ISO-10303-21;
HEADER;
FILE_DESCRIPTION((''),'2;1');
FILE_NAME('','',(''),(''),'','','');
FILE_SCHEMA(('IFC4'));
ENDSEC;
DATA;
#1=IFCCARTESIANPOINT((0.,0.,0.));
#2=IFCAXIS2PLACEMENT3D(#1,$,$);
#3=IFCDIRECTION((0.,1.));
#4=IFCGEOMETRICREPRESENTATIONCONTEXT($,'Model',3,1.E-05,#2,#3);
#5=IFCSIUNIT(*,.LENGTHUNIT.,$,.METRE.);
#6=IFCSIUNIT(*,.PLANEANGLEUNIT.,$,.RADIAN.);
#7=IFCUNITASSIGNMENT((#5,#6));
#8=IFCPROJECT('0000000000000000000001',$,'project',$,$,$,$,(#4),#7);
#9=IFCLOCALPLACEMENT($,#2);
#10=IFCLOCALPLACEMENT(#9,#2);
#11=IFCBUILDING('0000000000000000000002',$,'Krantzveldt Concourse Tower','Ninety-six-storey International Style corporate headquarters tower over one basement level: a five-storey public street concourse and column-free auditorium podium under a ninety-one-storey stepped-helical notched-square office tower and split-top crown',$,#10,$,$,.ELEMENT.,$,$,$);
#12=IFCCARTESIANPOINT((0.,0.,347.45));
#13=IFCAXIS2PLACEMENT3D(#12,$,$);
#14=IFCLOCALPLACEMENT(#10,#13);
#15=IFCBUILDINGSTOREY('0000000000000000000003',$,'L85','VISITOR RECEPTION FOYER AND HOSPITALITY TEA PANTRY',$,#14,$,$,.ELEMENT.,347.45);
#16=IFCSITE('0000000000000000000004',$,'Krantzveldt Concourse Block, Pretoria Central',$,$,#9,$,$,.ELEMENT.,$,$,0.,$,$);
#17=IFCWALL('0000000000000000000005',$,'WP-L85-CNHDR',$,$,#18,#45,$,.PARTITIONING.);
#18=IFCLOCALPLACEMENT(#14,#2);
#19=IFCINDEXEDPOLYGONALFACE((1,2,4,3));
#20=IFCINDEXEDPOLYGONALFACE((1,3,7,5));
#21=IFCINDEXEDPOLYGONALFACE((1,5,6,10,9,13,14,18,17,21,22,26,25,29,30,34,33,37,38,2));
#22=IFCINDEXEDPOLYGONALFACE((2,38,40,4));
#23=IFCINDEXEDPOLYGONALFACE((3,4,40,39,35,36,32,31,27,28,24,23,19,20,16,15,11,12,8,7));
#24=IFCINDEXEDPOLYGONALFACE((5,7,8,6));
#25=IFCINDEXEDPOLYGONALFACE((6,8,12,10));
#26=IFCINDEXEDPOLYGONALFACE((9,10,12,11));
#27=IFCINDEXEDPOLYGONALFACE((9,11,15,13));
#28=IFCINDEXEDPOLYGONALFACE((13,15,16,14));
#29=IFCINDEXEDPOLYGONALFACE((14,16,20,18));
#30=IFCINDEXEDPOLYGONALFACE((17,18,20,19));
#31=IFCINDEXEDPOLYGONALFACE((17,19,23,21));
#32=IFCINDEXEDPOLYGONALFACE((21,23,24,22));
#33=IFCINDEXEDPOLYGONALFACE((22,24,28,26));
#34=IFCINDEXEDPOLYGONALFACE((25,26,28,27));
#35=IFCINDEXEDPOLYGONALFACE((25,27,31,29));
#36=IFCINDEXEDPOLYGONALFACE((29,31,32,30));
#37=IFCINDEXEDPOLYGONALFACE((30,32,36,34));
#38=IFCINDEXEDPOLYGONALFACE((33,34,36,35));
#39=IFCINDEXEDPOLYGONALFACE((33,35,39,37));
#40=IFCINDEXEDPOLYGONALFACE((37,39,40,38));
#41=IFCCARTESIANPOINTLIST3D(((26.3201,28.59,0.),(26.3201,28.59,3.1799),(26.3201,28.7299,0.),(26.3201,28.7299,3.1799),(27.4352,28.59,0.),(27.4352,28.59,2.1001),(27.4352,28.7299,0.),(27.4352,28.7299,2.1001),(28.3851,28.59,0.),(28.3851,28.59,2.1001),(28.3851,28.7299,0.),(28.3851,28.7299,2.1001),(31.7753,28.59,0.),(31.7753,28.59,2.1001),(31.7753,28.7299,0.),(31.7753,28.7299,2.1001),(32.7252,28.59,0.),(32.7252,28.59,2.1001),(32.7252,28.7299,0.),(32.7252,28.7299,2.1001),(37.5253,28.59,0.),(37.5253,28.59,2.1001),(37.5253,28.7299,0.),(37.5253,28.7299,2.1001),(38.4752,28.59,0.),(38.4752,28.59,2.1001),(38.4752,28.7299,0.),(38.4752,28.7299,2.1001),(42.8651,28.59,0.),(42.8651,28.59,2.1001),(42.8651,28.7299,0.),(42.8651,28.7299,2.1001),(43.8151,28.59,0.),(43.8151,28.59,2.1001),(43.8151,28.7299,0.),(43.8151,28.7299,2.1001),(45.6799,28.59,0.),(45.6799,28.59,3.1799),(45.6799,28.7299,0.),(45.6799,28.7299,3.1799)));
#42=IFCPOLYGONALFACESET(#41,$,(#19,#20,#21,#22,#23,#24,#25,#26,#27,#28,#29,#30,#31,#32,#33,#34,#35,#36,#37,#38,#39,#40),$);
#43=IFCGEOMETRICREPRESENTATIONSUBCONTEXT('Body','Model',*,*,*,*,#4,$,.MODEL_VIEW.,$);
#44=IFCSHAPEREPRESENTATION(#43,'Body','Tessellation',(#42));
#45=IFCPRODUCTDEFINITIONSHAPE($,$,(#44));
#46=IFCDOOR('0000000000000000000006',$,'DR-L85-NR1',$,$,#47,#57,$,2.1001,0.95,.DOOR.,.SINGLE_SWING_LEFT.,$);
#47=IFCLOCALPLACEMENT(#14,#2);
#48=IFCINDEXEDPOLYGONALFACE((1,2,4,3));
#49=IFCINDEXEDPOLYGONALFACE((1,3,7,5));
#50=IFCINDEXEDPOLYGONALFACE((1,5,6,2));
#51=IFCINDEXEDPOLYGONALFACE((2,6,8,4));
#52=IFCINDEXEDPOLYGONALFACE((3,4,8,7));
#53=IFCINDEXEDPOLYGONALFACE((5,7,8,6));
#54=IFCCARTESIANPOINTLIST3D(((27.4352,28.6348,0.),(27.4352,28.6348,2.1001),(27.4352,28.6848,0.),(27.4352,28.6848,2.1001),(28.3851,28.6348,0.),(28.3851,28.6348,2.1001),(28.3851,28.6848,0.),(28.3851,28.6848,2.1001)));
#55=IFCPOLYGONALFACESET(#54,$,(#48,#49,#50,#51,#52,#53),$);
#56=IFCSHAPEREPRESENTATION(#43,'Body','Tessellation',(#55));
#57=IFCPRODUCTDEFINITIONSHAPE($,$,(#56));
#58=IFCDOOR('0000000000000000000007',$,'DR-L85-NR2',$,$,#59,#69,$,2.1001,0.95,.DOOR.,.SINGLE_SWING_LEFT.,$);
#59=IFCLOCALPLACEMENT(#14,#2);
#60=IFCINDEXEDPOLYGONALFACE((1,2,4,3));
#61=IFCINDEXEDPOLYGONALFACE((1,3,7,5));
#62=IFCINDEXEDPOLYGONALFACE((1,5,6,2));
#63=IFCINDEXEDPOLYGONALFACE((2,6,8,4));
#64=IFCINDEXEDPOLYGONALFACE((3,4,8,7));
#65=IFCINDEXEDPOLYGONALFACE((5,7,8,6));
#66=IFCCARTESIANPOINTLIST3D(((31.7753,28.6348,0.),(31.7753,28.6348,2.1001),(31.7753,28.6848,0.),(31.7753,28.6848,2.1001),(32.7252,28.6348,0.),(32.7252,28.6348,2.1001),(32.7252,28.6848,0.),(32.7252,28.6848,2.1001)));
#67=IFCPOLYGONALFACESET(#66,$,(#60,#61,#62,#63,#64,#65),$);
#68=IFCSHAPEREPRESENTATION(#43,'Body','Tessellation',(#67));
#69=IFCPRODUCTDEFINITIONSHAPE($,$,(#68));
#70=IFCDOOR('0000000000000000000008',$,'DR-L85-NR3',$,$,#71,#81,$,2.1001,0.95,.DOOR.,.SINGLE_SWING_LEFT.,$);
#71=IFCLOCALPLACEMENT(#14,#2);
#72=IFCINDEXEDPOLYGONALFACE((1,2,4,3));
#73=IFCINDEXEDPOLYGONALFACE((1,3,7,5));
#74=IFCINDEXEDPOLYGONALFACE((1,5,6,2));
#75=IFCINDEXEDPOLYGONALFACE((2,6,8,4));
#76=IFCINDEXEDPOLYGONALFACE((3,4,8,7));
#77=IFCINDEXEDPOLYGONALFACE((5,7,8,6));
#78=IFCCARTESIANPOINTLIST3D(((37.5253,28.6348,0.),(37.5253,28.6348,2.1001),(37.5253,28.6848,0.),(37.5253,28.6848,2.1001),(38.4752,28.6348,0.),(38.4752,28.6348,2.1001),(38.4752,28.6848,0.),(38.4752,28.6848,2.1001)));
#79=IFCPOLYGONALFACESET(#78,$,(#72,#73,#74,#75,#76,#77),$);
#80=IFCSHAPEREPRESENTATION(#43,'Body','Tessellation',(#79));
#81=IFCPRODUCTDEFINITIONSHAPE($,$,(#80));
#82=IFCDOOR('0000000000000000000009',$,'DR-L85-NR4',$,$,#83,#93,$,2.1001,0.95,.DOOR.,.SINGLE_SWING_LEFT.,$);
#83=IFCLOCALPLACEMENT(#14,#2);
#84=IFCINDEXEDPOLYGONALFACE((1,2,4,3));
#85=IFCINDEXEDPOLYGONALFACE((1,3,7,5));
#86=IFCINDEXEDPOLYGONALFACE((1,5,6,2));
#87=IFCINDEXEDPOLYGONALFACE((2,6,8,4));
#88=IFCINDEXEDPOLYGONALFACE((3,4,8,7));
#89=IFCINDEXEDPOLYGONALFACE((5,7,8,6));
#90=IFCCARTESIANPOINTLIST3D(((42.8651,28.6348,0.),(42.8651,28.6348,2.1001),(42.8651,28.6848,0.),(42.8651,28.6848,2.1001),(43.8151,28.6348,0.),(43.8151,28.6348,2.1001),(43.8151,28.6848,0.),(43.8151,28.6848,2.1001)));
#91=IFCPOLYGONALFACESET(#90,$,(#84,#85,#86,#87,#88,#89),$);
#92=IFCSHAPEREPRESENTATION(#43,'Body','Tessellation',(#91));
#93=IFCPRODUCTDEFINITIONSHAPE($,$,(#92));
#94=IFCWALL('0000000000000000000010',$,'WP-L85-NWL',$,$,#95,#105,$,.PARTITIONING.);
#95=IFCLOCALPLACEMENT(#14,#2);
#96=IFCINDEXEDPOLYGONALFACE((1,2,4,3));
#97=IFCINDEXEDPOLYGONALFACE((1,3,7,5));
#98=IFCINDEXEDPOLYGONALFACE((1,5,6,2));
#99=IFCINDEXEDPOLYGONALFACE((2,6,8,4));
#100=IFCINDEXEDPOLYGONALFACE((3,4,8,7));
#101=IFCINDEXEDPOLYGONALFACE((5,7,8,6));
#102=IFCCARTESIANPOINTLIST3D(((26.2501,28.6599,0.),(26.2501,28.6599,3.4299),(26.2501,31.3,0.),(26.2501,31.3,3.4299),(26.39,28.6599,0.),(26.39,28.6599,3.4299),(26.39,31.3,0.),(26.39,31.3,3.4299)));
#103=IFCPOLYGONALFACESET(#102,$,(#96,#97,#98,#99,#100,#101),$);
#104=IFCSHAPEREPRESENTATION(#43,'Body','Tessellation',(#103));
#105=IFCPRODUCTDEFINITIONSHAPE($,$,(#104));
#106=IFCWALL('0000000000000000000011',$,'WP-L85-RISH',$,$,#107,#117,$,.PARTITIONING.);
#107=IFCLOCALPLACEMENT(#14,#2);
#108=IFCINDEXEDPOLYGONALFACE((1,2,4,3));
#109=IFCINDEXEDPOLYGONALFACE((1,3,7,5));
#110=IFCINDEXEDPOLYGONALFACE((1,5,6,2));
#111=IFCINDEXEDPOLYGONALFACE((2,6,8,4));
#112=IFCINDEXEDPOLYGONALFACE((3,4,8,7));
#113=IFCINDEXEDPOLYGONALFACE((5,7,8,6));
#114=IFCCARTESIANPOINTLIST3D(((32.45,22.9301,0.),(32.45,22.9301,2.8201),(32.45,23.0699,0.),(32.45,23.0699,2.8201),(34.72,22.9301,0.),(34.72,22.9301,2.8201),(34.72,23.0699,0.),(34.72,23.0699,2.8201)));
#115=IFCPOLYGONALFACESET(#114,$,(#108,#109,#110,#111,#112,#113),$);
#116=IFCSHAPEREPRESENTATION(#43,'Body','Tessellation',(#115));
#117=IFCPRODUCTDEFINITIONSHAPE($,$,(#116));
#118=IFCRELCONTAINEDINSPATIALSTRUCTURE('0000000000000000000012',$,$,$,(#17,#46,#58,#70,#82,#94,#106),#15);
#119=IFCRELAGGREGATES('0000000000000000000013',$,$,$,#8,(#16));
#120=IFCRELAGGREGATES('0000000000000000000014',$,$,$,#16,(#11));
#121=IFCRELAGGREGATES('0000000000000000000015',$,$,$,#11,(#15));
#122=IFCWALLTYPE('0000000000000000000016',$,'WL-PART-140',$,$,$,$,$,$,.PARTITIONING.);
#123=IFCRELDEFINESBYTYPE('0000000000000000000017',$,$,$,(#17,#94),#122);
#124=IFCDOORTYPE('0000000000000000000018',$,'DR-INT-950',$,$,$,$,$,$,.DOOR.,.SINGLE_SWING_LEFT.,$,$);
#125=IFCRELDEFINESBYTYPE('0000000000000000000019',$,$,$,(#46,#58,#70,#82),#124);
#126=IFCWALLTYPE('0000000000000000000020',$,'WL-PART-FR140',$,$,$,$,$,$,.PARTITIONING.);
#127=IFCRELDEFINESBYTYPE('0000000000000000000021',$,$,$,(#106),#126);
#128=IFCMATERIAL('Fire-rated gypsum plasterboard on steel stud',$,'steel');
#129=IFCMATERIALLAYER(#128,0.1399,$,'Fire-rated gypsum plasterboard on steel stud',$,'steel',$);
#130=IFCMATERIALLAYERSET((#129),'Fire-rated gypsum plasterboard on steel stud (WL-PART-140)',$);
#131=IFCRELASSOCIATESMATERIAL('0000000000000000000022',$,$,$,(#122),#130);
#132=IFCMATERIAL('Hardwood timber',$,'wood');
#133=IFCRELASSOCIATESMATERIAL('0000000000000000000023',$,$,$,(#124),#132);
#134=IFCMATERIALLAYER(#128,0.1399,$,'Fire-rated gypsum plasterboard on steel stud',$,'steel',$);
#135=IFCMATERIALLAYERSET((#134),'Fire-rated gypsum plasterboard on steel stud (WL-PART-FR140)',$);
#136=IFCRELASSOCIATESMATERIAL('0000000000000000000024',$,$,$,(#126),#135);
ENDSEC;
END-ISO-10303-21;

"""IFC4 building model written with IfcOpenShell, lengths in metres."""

from ifc_helpers import new_model, si_unit, direction, frame, frame_2d, origin, place, context, subcontext, project, spatial, rectangle, extrude, material, layer, layer_set, type_object, element, fill, save


model = new_model("IFC4")

# Units and contexts
model_context = context("Model", 3, precision=1e-05, world=origin(), true_north=direction((0.0, 1.0)))
body_context = subcontext(model_context, "Body", "Model", "MODEL_VIEW")
ifc_project = project(units=[si_unit("LENGTHUNIT", "METRE"), si_unit("PLANEANGLEUNIT", "RADIAN")], contexts=[model_context])

# Site, building, storey
site_placement = place(None, origin())
site = spatial("IfcSite", under=ifc_project, at=site_placement, Name="Krantzveldt Concourse Block, Pretoria Central", CompositionType="ELEMENT", RefElevation=0.0)
building_placement = place(site_placement, origin())
building = spatial("IfcBuilding", under=site, at=building_placement, Name="Krantzveldt Concourse Tower", Description="Ninety-six-storey International Style corporate headquarters tower over one basement level: a five-storey public street concourse and column-free auditorium podium under a ninety-one-storey stepped-helical notched-square office tower and split-top crown", CompositionType="ELEMENT")
storey_placement = place(building_placement, frame((0.0, 0.0, 347.45)))
storey = spatial("IfcBuildingStorey", under=building, at=storey_placement, Name="L85", Description="VISITOR RECEPTION FOYER AND HOSPITALITY TEA PANTRY", CompositionType="ELEMENT", Elevation=347.45)

# Shared definitions
ifc_material_1 = material(Name="Fire-rated gypsum plasterboard on steel stud", Category="steel")

# Wall, openings, doors
ifc_layer_1 = layer(ifc_material_1, 0.1399, Name="Fire-rated gypsum plasterboard on steel stud", Category="steel")
ifc_layer_set_1 = layer_set([ifc_layer_1], Name="Fire-rated gypsum plasterboard on steel stud (WL-PART-140)")
wall_type_1 = type_object("IfcWallType", Name="WL-PART-140", PredefinedType="PARTITIONING", material=ifc_layer_set_1)
wall_1_placement = place(storey_placement, frame((26.3201, 28.6599, 0.0), z_axis=(0.0, 0.0, 1.0), x_axis=(1.0, 0.0, 0.0)))
wall_1 = element("IfcWall", 1, at=wall_1_placement, inside=storey, type_object=wall_type_1, Name="WP-L85-CNHDR", PredefinedType="PARTITIONING", context=body_context, shape_type="SweptSolid", body=[
    extrude(rectangle(XDim=19.3599, YDim=0.1399, at=frame_2d((9.6799, 0.0))), origin(), (0.0, 0.0, 1.0), 3.1799),
])
opening_1_placement = place(wall_1_placement, frame((1.115, 0.0, 0.0)))
opening_1 = element("IfcOpeningElement", 2, at=opening_1_placement, cuts=wall_1, PredefinedType="OPENING", context=body_context, shape_type="SweptSolid", body=[
    extrude(rectangle(XDim=0.95, YDim=2.1001, at=frame_2d((0.4751, 1.05))), frame((0.0, 0.0801, 0.0), z_axis=(0.0, -1.0, 0.0), x_axis=(1.0, 0.0, 0.0)), (0.0, 0.0, 1.0), 0.1599),
])
opening_2_placement = place(wall_1_placement, frame((5.4551, 0.0, 0.0)))
opening_2 = element("IfcOpeningElement", 3, at=opening_2_placement, cuts=wall_1, PredefinedType="OPENING", context=body_context, shape_type="SweptSolid", body=[
    extrude(rectangle(XDim=0.95, YDim=2.1001, at=frame_2d((0.4751, 1.05))), frame((0.0, 0.0801, 0.0), z_axis=(0.0, -1.0, 0.0), x_axis=(1.0, 0.0, 0.0)), (0.0, 0.0, 1.0), 0.1599),
])
opening_3_placement = place(wall_1_placement, frame((11.2051, 0.0, 0.0)))
opening_3 = element("IfcOpeningElement", 4, at=opening_3_placement, cuts=wall_1, PredefinedType="OPENING", context=body_context, shape_type="SweptSolid", body=[
    extrude(rectangle(XDim=0.95, YDim=2.1001, at=frame_2d((0.4751, 1.05))), frame((0.0, 0.0801, 0.0), z_axis=(0.0, -1.0, 0.0), x_axis=(1.0, 0.0, 0.0)), (0.0, 0.0, 1.0), 0.1599),
])
opening_4_placement = place(wall_1_placement, frame((16.5449, 0.0, 0.0)))
opening_4 = element("IfcOpeningElement", 5, at=opening_4_placement, cuts=wall_1, PredefinedType="OPENING", context=body_context, shape_type="SweptSolid", body=[
    extrude(rectangle(XDim=0.95, YDim=2.1001, at=frame_2d((0.4751, 1.05))), frame((0.0, 0.0801, 0.0), z_axis=(0.0, -1.0, 0.0), x_axis=(1.0, 0.0, 0.0)), (0.0, 0.0, 1.0), 0.1599),
])
ifc_material_2 = material(Name="Hardwood timber", Category="wood")
door_type_1 = type_object("IfcDoorType", Name="DR-INT-950", OperationType="SINGLE_SWING_LEFT", PredefinedType="DOOR", material=ifc_material_2)
door_1_placement = place(opening_1_placement, origin())
door_1 = element("IfcDoor", 6, at=door_1_placement, inside=storey, type_object=door_type_1, Name="DR-L85-NR1", OperationType="SINGLE_SWING_LEFT", OverallHeight=2.1001, OverallWidth=0.95, PredefinedType="DOOR", context=body_context, shape_type="SweptSolid", body=[
    extrude(rectangle(XDim=0.95, YDim=2.1001, at=frame_2d((0.4751, 1.05))), frame((0.0, 0.0249, 0.0), z_axis=(0.0, -1.0, 0.0), x_axis=(1.0, 0.0, 0.0)), (0.0, 0.0, 1.0), 0.05),
])
fill(opening_1, door_1)
door_2_placement = place(opening_2_placement, origin())
door_2 = element("IfcDoor", 7, at=door_2_placement, inside=storey, type_object=door_type_1, Name="DR-L85-NR2", OperationType="SINGLE_SWING_LEFT", OverallHeight=2.1001, OverallWidth=0.95, PredefinedType="DOOR", context=body_context, shape_type="SweptSolid", body=[
    extrude(rectangle(XDim=0.95, YDim=2.1001, at=frame_2d((0.4751, 1.05))), frame((0.0, 0.0249, 0.0), z_axis=(0.0, -1.0, 0.0), x_axis=(1.0, 0.0, 0.0)), (0.0, 0.0, 1.0), 0.05),
])
fill(opening_2, door_2)
door_3_placement = place(opening_3_placement, origin())
door_3 = element("IfcDoor", 8, at=door_3_placement, inside=storey, type_object=door_type_1, Name="DR-L85-NR3", OperationType="SINGLE_SWING_LEFT", OverallHeight=2.1001, OverallWidth=0.95, PredefinedType="DOOR", context=body_context, shape_type="SweptSolid", body=[
    extrude(rectangle(XDim=0.95, YDim=2.1001, at=frame_2d((0.4751, 1.05))), frame((0.0, 0.0249, 0.0), z_axis=(0.0, -1.0, 0.0), x_axis=(1.0, 0.0, 0.0)), (0.0, 0.0, 1.0), 0.05),
])
fill(opening_3, door_3)
door_4_placement = place(opening_4_placement, origin())
door_4 = element("IfcDoor", 9, at=door_4_placement, inside=storey, type_object=door_type_1, Name="DR-L85-NR4", OperationType="SINGLE_SWING_LEFT", OverallHeight=2.1001, OverallWidth=0.95, PredefinedType="DOOR", context=body_context, shape_type="SweptSolid", body=[
    extrude(rectangle(XDim=0.95, YDim=2.1001, at=frame_2d((0.4751, 1.05))), frame((0.0, 0.0249, 0.0), z_axis=(0.0, -1.0, 0.0), x_axis=(1.0, 0.0, 0.0)), (0.0, 0.0, 1.0), 0.05),
])
fill(opening_4, door_4)

# Walls
wall_2_placement = place(storey_placement, frame((26.3201, 28.6599, 0.0), z_axis=(0.0, 0.0, 1.0), x_axis=(0.0, 1.0, 0.0)))
element("IfcWall", 10, at=wall_2_placement, inside=storey, type_object=wall_type_1, Name="WP-L85-NWL", PredefinedType="PARTITIONING", context=body_context, shape_type="SweptSolid", body=[
    extrude(rectangle(XDim=2.6401, YDim=0.1399, at=frame_2d((1.3201, 0.0))), origin(), (0.0, 0.0, 1.0), 3.4299),
])
ifc_layer_2 = layer(ifc_material_1, 0.1399, Name="Fire-rated gypsum plasterboard on steel stud", Category="steel")
ifc_layer_set_2 = layer_set([ifc_layer_2], Name="Fire-rated gypsum plasterboard on steel stud (WL-PART-FR140)")
wall_type_2 = type_object("IfcWallType", Name="WL-PART-FR140", PredefinedType="PARTITIONING", material=ifc_layer_set_2)
wall_3_placement = place(storey_placement, frame((32.45, 23.0, 0.0), z_axis=(0.0, 0.0, 1.0), x_axis=(1.0, 0.0, 0.0)))
element("IfcWall", 11, at=wall_3_placement, inside=storey, type_object=wall_type_2, Name="WP-L85-RISH", PredefinedType="PARTITIONING", context=body_context, shape_type="SweptSolid", body=[
    extrude(rectangle(XDim=2.27, YDim=0.1399, at=frame_2d((1.135, 0.0))), origin(), (0.0, 0.0, 1.0), 2.8201),
])

save(model, "model.ifc")
